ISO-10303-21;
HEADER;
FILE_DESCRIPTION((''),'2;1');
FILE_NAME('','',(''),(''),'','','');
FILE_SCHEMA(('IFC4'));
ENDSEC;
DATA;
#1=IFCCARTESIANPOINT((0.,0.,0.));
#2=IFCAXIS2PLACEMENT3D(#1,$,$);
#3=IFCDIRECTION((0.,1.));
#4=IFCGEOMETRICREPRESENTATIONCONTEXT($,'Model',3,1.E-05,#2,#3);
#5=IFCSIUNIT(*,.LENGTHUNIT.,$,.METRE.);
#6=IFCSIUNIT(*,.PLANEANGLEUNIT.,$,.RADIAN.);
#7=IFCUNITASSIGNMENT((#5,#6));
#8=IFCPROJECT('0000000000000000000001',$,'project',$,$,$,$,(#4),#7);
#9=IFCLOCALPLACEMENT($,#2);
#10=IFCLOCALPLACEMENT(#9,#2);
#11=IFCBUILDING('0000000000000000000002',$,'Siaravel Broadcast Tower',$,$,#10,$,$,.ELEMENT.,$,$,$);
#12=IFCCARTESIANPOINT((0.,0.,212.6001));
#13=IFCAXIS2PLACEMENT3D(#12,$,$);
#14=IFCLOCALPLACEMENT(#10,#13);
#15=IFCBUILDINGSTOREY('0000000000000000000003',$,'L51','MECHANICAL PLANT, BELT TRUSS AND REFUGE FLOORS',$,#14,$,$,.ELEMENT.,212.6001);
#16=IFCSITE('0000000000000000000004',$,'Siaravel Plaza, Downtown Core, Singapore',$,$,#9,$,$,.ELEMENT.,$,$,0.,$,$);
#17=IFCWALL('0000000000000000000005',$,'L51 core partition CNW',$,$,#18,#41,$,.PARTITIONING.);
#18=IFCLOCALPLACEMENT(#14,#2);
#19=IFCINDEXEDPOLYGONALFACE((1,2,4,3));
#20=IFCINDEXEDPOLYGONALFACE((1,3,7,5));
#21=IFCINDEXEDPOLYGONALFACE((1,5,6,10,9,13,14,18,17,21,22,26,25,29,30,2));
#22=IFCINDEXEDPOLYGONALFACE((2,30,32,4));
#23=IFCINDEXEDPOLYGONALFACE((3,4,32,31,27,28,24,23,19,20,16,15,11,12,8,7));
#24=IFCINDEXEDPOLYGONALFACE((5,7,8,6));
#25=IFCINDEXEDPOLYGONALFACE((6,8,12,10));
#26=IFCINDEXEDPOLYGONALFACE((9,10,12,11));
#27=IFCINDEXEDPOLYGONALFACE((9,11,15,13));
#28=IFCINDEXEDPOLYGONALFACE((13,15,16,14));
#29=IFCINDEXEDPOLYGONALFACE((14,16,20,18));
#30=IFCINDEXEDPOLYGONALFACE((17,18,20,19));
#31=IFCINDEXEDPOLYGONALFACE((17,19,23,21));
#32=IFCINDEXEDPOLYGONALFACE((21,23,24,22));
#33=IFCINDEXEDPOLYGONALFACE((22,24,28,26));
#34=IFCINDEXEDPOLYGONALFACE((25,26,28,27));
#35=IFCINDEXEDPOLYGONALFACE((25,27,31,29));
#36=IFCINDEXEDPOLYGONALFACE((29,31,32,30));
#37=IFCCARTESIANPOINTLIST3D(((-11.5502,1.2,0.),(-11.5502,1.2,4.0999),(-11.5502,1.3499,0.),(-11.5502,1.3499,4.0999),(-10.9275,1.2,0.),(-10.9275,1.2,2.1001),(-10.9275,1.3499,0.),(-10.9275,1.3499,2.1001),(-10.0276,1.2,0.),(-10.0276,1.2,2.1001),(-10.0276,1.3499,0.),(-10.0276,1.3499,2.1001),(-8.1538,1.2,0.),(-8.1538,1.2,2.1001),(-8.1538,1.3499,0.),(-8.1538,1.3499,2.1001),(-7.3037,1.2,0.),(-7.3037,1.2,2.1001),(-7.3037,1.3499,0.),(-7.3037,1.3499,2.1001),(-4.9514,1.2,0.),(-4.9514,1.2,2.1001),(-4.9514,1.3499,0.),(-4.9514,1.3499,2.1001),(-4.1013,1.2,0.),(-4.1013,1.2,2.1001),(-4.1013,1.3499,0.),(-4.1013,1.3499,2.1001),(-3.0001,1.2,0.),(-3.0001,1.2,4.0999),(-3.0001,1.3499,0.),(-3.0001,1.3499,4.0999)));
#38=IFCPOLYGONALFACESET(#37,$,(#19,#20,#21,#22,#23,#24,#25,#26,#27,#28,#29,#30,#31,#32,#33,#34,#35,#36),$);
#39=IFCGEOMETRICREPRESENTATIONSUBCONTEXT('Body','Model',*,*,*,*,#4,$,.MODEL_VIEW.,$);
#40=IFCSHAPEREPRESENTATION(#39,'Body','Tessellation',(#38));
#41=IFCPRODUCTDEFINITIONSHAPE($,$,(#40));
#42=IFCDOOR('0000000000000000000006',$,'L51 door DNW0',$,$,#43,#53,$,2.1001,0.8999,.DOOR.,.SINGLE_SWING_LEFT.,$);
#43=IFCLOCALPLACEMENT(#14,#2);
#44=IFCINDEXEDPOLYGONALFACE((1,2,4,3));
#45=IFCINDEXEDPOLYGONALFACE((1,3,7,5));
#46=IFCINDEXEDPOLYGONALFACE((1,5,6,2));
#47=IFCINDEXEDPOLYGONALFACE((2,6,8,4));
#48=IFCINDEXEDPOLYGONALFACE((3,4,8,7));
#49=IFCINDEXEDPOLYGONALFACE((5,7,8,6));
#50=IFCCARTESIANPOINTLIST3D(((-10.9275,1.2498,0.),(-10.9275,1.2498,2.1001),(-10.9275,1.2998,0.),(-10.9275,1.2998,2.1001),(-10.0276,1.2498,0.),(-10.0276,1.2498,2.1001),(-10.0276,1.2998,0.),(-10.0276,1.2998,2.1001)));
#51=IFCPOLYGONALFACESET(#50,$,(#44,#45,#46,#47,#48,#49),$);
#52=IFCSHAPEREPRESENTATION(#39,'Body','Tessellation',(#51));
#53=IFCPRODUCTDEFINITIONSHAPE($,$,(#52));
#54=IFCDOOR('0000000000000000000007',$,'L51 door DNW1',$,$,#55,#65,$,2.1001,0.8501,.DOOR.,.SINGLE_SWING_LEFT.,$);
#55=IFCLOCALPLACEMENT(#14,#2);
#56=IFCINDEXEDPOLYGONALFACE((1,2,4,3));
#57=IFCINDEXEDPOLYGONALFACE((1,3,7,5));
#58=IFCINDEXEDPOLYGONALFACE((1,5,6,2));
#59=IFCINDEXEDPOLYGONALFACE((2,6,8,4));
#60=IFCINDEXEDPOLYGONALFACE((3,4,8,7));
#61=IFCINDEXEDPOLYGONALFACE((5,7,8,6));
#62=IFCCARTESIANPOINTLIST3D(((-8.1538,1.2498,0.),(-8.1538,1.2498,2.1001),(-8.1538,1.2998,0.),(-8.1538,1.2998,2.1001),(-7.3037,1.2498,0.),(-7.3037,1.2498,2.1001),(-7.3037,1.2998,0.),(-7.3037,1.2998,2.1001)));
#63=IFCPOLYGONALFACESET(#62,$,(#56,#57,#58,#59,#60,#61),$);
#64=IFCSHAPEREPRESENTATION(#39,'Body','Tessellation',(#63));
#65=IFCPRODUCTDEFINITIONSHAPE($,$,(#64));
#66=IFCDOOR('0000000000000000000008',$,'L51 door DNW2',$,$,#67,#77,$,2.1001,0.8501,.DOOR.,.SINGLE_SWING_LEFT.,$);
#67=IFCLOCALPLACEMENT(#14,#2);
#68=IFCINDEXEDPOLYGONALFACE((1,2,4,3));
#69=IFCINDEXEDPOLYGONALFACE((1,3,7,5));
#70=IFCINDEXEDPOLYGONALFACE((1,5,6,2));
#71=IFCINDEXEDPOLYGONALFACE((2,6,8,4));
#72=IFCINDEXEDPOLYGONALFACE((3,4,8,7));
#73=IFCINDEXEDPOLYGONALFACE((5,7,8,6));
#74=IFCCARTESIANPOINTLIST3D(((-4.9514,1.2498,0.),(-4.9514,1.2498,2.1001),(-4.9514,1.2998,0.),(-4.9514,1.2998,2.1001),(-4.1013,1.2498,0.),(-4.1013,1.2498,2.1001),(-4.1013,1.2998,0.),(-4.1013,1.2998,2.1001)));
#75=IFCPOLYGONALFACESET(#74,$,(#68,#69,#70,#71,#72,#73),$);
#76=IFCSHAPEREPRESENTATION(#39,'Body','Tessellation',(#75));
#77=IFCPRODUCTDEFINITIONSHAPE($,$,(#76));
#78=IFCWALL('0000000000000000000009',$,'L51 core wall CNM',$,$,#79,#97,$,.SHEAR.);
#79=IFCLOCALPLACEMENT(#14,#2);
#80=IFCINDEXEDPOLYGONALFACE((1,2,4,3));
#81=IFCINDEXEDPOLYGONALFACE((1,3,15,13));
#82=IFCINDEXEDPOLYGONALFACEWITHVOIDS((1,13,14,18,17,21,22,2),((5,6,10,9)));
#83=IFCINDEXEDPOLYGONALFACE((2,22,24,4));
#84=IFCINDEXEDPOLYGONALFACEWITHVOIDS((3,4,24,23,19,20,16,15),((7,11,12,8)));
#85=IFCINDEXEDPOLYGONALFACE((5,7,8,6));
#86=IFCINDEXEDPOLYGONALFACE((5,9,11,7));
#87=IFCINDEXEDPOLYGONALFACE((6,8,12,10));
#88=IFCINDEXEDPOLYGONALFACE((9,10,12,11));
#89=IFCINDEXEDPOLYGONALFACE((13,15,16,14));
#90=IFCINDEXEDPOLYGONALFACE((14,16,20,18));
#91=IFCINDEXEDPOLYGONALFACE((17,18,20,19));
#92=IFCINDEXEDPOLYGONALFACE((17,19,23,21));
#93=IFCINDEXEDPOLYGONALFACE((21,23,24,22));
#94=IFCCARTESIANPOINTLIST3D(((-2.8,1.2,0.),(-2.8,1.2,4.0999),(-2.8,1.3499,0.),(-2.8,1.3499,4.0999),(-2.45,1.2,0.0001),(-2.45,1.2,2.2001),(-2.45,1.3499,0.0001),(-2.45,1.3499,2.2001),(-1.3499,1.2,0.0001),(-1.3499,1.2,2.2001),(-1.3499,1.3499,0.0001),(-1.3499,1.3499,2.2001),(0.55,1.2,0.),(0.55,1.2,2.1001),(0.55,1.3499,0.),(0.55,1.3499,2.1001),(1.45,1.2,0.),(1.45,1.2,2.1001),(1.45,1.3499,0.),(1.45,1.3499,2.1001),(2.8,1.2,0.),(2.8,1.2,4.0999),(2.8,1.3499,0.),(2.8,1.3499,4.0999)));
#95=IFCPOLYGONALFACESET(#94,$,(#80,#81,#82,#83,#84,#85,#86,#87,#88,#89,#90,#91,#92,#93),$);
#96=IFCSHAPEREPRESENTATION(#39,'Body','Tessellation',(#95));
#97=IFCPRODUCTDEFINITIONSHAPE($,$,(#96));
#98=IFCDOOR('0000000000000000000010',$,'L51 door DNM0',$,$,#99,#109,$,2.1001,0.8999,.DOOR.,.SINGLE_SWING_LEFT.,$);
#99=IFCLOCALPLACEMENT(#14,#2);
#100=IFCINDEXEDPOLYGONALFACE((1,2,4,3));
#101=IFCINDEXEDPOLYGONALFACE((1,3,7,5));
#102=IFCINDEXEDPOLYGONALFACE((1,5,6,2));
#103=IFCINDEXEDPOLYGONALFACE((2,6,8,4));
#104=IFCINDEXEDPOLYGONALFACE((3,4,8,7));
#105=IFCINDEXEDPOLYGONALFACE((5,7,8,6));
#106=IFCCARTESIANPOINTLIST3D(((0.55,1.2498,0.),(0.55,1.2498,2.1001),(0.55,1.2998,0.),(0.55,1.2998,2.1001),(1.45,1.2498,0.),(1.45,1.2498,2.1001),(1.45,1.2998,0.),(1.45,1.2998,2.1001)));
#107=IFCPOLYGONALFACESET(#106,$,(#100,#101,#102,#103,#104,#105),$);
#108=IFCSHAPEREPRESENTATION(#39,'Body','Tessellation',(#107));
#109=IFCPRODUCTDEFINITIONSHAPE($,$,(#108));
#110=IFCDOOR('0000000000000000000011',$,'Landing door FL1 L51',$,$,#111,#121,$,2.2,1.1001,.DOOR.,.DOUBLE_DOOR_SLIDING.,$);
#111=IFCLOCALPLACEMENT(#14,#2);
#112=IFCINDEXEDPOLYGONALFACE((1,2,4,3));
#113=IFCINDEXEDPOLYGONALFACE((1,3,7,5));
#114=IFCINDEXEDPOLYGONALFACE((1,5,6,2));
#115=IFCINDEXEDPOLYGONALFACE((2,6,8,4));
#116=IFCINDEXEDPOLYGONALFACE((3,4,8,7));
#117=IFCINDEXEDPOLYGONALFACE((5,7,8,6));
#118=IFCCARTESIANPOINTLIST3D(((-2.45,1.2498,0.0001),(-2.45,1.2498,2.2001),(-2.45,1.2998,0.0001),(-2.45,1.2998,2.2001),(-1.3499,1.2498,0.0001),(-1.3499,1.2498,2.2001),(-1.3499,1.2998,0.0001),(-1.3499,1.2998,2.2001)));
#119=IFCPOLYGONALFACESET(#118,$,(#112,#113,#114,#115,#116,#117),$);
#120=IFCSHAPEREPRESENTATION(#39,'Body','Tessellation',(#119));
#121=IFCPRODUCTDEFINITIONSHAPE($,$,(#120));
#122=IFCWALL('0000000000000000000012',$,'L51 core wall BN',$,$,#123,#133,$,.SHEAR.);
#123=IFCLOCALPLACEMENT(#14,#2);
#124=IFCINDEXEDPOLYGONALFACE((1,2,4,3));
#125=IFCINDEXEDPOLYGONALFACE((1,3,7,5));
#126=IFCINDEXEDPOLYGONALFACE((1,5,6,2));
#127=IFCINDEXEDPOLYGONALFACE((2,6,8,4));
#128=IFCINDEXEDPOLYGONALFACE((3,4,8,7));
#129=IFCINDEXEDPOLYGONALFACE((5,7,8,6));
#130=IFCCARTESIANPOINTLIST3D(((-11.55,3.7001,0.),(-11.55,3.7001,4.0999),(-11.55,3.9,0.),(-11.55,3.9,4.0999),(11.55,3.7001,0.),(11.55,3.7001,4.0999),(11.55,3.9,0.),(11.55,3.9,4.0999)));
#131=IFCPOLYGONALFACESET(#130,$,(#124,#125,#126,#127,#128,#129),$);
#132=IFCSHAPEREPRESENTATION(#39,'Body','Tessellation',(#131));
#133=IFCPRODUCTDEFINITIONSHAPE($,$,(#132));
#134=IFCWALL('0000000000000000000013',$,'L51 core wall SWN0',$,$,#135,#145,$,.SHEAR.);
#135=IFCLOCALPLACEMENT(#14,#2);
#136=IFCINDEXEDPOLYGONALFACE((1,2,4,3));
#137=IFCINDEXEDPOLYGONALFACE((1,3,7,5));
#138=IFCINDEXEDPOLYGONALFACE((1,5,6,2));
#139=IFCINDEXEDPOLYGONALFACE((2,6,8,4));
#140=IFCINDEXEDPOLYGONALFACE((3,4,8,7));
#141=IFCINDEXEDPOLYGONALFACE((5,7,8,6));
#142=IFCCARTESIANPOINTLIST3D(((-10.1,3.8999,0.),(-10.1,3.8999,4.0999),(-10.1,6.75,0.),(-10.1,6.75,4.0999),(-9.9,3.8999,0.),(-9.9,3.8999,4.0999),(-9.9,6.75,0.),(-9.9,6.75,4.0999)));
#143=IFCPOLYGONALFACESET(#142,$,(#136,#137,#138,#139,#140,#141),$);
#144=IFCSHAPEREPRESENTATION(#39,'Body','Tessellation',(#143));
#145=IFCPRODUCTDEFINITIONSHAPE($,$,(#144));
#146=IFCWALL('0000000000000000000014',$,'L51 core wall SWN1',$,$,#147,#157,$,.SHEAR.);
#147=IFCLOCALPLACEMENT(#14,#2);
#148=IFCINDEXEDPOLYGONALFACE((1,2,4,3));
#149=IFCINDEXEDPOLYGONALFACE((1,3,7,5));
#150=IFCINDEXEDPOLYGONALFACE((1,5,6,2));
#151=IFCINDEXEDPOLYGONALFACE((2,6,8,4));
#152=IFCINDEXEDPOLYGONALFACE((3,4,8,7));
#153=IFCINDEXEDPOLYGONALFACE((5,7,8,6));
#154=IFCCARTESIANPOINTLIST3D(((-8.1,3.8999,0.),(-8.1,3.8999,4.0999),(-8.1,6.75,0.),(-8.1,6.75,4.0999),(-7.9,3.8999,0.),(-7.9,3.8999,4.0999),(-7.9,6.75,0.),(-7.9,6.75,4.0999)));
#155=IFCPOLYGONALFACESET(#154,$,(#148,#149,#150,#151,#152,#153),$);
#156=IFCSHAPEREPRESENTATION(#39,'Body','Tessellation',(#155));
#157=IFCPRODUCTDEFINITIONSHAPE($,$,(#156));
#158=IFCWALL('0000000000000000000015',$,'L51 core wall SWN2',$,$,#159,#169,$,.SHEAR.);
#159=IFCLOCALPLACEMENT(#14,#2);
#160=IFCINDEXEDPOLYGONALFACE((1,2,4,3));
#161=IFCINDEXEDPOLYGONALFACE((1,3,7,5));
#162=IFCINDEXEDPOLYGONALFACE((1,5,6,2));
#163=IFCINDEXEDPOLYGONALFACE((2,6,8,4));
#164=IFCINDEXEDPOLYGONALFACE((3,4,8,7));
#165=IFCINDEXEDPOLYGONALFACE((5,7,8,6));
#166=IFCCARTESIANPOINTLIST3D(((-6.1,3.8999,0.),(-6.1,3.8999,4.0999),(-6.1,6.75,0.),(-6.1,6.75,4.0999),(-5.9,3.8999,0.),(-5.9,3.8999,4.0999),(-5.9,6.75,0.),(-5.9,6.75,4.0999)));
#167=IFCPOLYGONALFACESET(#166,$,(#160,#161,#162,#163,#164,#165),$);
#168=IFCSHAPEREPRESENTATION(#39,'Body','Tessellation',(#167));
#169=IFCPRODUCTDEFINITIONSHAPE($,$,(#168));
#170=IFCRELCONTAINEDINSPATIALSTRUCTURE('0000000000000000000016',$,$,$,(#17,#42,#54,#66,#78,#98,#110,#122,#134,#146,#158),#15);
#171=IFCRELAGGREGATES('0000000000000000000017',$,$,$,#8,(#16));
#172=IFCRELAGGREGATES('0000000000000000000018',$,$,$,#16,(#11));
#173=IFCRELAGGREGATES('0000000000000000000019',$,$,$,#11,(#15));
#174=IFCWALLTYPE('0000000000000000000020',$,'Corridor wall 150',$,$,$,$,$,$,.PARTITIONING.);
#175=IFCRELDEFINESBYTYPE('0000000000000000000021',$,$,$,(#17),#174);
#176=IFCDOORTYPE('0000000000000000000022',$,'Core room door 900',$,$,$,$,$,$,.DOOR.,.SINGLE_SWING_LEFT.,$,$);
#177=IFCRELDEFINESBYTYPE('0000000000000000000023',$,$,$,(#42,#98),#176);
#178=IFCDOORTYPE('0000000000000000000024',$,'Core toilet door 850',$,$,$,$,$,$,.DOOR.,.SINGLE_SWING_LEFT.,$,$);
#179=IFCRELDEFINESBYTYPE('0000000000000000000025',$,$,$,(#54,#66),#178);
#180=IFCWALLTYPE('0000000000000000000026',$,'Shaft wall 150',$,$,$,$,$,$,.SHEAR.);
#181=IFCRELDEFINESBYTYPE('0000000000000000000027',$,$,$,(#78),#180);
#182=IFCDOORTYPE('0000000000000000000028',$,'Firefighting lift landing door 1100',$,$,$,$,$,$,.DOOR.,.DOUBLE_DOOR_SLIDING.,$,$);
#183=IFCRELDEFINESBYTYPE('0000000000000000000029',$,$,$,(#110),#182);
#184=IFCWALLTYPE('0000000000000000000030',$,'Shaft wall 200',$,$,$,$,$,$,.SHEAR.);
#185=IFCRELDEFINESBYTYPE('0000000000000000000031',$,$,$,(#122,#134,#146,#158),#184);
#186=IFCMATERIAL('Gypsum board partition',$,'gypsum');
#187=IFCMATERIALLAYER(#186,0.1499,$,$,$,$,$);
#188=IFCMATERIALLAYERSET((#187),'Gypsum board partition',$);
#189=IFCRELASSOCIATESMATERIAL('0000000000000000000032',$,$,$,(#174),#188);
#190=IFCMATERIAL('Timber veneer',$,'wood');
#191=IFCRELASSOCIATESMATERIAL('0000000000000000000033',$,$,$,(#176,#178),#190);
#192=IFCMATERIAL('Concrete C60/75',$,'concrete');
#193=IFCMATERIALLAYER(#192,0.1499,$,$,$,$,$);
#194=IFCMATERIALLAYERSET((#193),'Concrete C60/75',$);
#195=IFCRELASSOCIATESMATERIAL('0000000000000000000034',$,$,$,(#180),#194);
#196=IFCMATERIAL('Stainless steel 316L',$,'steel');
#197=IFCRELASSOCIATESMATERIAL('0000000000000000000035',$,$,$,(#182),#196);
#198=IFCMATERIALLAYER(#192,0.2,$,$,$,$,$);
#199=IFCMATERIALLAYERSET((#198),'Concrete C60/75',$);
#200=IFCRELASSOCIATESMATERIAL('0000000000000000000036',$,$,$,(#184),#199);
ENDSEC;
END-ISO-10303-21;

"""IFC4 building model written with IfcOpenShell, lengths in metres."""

from ifc_helpers import new_model, si_unit, direction, frame, frame_2d, origin, place, context, subcontext, project, spatial, rectangle, extrude, material, layer, layer_set, type_object, element, fill, save


model = new_model("IFC4")

# Units and contexts
model_context = context("Model", 3, precision=1e-05, world=origin(), true_north=direction((0.0, 1.0)))
body_context = subcontext(model_context, "Body", "Model", "MODEL_VIEW")
ifc_project = project(units=[si_unit("LENGTHUNIT", "METRE"), si_unit("PLANEANGLEUNIT", "RADIAN")], contexts=[model_context])

# Site, building, storey
site_placement = place(None, origin())
site = spatial("IfcSite", under=ifc_project, at=site_placement, Name="Siaravel Plaza, Downtown Core, Singapore", CompositionType="ELEMENT", RefElevation=0.0)
building_placement = place(site_placement, origin())
building = spatial("IfcBuilding", under=site, at=building_placement, Name="Siaravel Broadcast Tower", CompositionType="ELEMENT")
storey_placement = place(building_placement, frame((0.0, 0.0, 212.6001)))
storey = spatial("IfcBuildingStorey", under=building, at=storey_placement, Name="L51", Description="MECHANICAL PLANT, BELT TRUSS AND REFUGE FLOORS", CompositionType="ELEMENT", Elevation=212.6001)

# Walls, openings, doors
ifc_material_1 = material(Name="Gypsum board partition", Category="gypsum")
ifc_layer_1 = layer(ifc_material_1, 0.1499)
ifc_layer_set_1 = layer_set([ifc_layer_1], Name="Gypsum board partition")
wall_type_1 = type_object("IfcWallType", Name="Corridor wall 150", PredefinedType="PARTITIONING", material=ifc_layer_set_1)
wall_1_placement = place(storey_placement, frame((-11.55, 1.2749, 0.0), z_axis=(0.0, 0.0, 1.0), x_axis=(1.0, 0.0, 0.0)))
wall_1 = element("IfcWall", 1, at=wall_1_placement, inside=storey, type_object=wall_type_1, Name="L51 core partition CNW", PredefinedType="PARTITIONING", context=body_context, shape_type="SweptSolid", body=[
    extrude(rectangle(XDim=8.55, YDim=0.1499, at=frame_2d((4.2749, 0.0))), origin(), (0.0, 0.0, 1.0), 4.0999),
])
opening_1_placement = place(wall_1_placement, frame((0.6226, 0.0, 0.0)))
opening_1 = element("IfcOpeningElement", 2, at=opening_1_placement, cuts=wall_1, PredefinedType="OPENING", context=body_context, shape_type="SweptSolid", body=[
    extrude(rectangle(XDim=0.8999, YDim=2.1001, at=frame_2d((0.45, 1.05))), frame((0.0, 0.085, 0.0), z_axis=(0.0, -1.0, 0.0), x_axis=(1.0, 0.0, 0.0)), (0.0, 0.0, 1.0), 0.1699),
])
opening_2_placement = place(wall_1_placement, frame((3.3962, 0.0, 0.0)))
opening_2 = element("IfcOpeningElement", 3, at=opening_2_placement, cuts=wall_1, PredefinedType="OPENING", context=body_context, shape_type="SweptSolid", body=[
    extrude(rectangle(XDim=0.8501, YDim=2.1001, at=frame_2d((0.425, 1.05))), frame((0.0, 0.085, 0.0), z_axis=(0.0, -1.0, 0.0), x_axis=(1.0, 0.0, 0.0)), (0.0, 0.0, 1.0), 0.1699),
])
opening_3_placement = place(wall_1_placement, frame((6.5986, 0.0, 0.0)))
opening_3 = element("IfcOpeningElement", 4, at=opening_3_placement, cuts=wall_1, PredefinedType="OPENING", context=body_context, shape_type="SweptSolid", body=[
    extrude(rectangle(XDim=0.8501, YDim=2.1001, at=frame_2d((0.425, 1.05))), frame((0.0, 0.085, 0.0), z_axis=(0.0, -1.0, 0.0), x_axis=(1.0, 0.0, 0.0)), (0.0, 0.0, 1.0), 0.1699),
])
ifc_material_2 = material(Name="Timber veneer", Category="wood")
door_type_1 = type_object("IfcDoorType", Name="Core room door 900", OperationType="SINGLE_SWING_LEFT", PredefinedType="DOOR", material=ifc_material_2)
door_1_placement = place(opening_1_placement, origin())
door_1 = element("IfcDoor", 5, at=door_1_placement, inside=storey, type_object=door_type_1, Name="L51 door DNW0", OperationType="SINGLE_SWING_LEFT", OverallHeight=2.1001, OverallWidth=0.8999, PredefinedType="DOOR", context=body_context, shape_type="SweptSolid", body=[
    extrude(rectangle(XDim=0.8999, YDim=2.1001, at=frame_2d((0.45, 1.05))), frame((0.0, 0.0249, 0.0), z_axis=(0.0, -1.0, 0.0), x_axis=(1.0, 0.0, 0.0)), (0.0, 0.0, 1.0), 0.05),
])
fill(opening_1, door_1)
door_type_2 = type_object("IfcDoorType", Name="Core toilet door 850", OperationType="SINGLE_SWING_LEFT", PredefinedType="DOOR", material=ifc_material_2)
door_2_placement = place(opening_2_placement, origin())
door_2 = element("IfcDoor", 6, at=door_2_placement, inside=storey, type_object=door_type_2, Name="L51 door DNW1", OperationType="SINGLE_SWING_LEFT", OverallHeight=2.1001, OverallWidth=0.8501, PredefinedType="DOOR", context=body_context, shape_type="SweptSolid", body=[
    extrude(rectangle(XDim=0.8501, YDim=2.1001, at=frame_2d((0.425, 1.05))), frame((0.0, 0.0249, 0.0), z_axis=(0.0, -1.0, 0.0), x_axis=(1.0, 0.0, 0.0)), (0.0, 0.0, 1.0), 0.05),
])
fill(opening_2, door_2)
door_3_placement = place(opening_3_placement, origin())
door_3 = element("IfcDoor", 7, at=door_3_placement, inside=storey, type_object=door_type_2, Name="L51 door DNW2", OperationType="SINGLE_SWING_LEFT", OverallHeight=2.1001, OverallWidth=0.8501, PredefinedType="DOOR", context=body_context, shape_type="SweptSolid", body=[
    extrude(rectangle(XDim=0.8501, YDim=2.1001, at=frame_2d((0.425, 1.05))), frame((0.0, 0.0249, 0.0), z_axis=(0.0, -1.0, 0.0), x_axis=(1.0, 0.0, 0.0)), (0.0, 0.0, 1.0), 0.05),
])
fill(opening_3, door_3)
ifc_material_3 = material(Name="Concrete C60/75", Category="concrete")
ifc_layer_2 = layer(ifc_material_3, 0.1499)
ifc_layer_set_2 = layer_set([ifc_layer_2], Name="Concrete C60/75")
wall_type_2 = type_object("IfcWallType", Name="Shaft wall 150", PredefinedType="SHEAR", material=ifc_layer_set_2)
wall_2_placement = place(storey_placement, frame((-2.8, 1.2749, 0.0), z_axis=(0.0, 0.0, 1.0), x_axis=(1.0, 0.0, 0.0)))
wall_2 = element("IfcWall", 8, at=wall_2_placement, inside=storey, type_object=wall_type_2, Name="L51 core wall CNM", PredefinedType="SHEAR", context=body_context, shape_type="SweptSolid", body=[
    extrude(rectangle(XDim=5.6001, YDim=0.1499, at=frame_2d((2.8, 0.0))), origin(), (0.0, 0.0, 1.0), 4.0999),
])
opening_4_placement = place(wall_2_placement, frame((0.3501, 0.0, 0.0)))
opening_4 = element("IfcOpeningElement", 9, at=opening_4_placement, cuts=wall_2, PredefinedType="OPENING", context=body_context, shape_type="SweptSolid", body=[
    extrude(rectangle(XDim=1.1001, YDim=2.2, at=frame_2d((0.55, 1.1001))), frame((0.0, 0.085, 0.0), z_axis=(0.0, -1.0, 0.0), x_axis=(1.0, 0.0, 0.0)), (0.0, 0.0, 1.0), 0.1699),
])
opening_5_placement = place(wall_2_placement, frame((3.3501, 0.0, 0.0)))
opening_5 = element("IfcOpeningElement", 10, at=opening_5_placement, cuts=wall_2, PredefinedType="OPENING", context=body_context, shape_type="SweptSolid", body=[
    extrude(rectangle(XDim=0.8999, YDim=2.1001, at=frame_2d((0.45, 1.05))), frame((0.0, 0.085, 0.0), z_axis=(0.0, -1.0, 0.0), x_axis=(1.0, 0.0, 0.0)), (0.0, 0.0, 1.0), 0.1699),
])
door_4_placement = place(opening_5_placement, origin())
door_4 = element("IfcDoor", 11, at=door_4_placement, inside=storey, type_object=door_type_1, Name="L51 door DNM0", OperationType="SINGLE_SWING_LEFT", OverallHeight=2.1001, OverallWidth=0.8999, PredefinedType="DOOR", context=body_context, shape_type="SweptSolid", body=[
    extrude(rectangle(XDim=0.8999, YDim=2.1001, at=frame_2d((0.45, 1.05))), frame((0.0, 0.0249, 0.0), z_axis=(0.0, -1.0, 0.0), x_axis=(1.0, 0.0, 0.0)), (0.0, 0.0, 1.0), 0.05),
])
fill(opening_5, door_4)
ifc_material_4 = material(Name="Stainless steel 316L", Category="steel")
door_type_3 = type_object("IfcDoorType", Name="Firefighting lift landing door 1100", OperationType="DOUBLE_DOOR_SLIDING", PredefinedType="DOOR", material=ifc_material_4)
door_5_placement = place(opening_4_placement, origin())
door_5 = element("IfcDoor", 12, at=door_5_placement, inside=storey, type_object=door_type_3, Name="Landing door FL1 L51", OperationType="DOUBLE_DOOR_SLIDING", OverallHeight=2.2, OverallWidth=1.1001, PredefinedType="DOOR", context=body_context, shape_type="SweptSolid", body=[
    extrude(rectangle(XDim=1.1001, YDim=2.2, at=frame_2d((0.55, 1.1001))), frame((0.0, 0.0249, 0.0), z_axis=(0.0, -1.0, 0.0), x_axis=(1.0, 0.0, 0.0)), (0.0, 0.0, 1.0), 0.05),
])
fill(opening_4, door_5)

# Walls
ifc_layer_3 = layer(ifc_material_3, 0.2)
ifc_layer_set_3 = layer_set([ifc_layer_3], Name="Concrete C60/75")
wall_type_3 = type_object("IfcWallType", Name="Shaft wall 200", PredefinedType="SHEAR", material=ifc_layer_set_3)
wall_3_placement = place(storey_placement, frame((-11.55, 3.8, 0.0), z_axis=(0.0, 0.0, 1.0), x_axis=(1.0, 0.0, 0.0)))
element("IfcWall", 13, at=wall_3_placement, inside=storey, type_object=wall_type_3, Name="L51 core wall BN", PredefinedType="SHEAR", context=body_context, shape_type="SweptSolid", body=[
    extrude(rectangle(XDim=23.1001, YDim=0.2, at=frame_2d((11.55, 0.0))), origin(), (0.0, 0.0, 1.0), 4.0999),
])
for number, where, z_axis, x_axis, name in (
    (14, (-10.0, 3.8999, 0.0), (0.0, 0.0, 1.0), (0.0, 1.0, 0.0), "L51 core wall SWN0"),
    (15, (-8.0, 3.8999, 0.0), (0.0, 0.0, 1.0), (0.0, 1.0, 0.0), "L51 core wall SWN1"),
    (16, (-6.0, 3.8999, 0.0), (0.0, 0.0, 1.0), (0.0, 1.0, 0.0), "L51 core wall SWN2"),
):
    element("IfcWall", number, at=place(storey_placement, frame(where, z_axis=z_axis, x_axis=x_axis)), inside=storey, type_object=wall_type_3, Name=name, PredefinedType="SHEAR", context=body_context, shape_type="SweptSolid", body=[
        extrude(rectangle(XDim=2.8501, YDim=0.2, at=frame_2d((1.425, 0.0))), origin(), (0.0, 0.0, 1.0), 4.0999),
    ])

save(model, "model.ifc")
